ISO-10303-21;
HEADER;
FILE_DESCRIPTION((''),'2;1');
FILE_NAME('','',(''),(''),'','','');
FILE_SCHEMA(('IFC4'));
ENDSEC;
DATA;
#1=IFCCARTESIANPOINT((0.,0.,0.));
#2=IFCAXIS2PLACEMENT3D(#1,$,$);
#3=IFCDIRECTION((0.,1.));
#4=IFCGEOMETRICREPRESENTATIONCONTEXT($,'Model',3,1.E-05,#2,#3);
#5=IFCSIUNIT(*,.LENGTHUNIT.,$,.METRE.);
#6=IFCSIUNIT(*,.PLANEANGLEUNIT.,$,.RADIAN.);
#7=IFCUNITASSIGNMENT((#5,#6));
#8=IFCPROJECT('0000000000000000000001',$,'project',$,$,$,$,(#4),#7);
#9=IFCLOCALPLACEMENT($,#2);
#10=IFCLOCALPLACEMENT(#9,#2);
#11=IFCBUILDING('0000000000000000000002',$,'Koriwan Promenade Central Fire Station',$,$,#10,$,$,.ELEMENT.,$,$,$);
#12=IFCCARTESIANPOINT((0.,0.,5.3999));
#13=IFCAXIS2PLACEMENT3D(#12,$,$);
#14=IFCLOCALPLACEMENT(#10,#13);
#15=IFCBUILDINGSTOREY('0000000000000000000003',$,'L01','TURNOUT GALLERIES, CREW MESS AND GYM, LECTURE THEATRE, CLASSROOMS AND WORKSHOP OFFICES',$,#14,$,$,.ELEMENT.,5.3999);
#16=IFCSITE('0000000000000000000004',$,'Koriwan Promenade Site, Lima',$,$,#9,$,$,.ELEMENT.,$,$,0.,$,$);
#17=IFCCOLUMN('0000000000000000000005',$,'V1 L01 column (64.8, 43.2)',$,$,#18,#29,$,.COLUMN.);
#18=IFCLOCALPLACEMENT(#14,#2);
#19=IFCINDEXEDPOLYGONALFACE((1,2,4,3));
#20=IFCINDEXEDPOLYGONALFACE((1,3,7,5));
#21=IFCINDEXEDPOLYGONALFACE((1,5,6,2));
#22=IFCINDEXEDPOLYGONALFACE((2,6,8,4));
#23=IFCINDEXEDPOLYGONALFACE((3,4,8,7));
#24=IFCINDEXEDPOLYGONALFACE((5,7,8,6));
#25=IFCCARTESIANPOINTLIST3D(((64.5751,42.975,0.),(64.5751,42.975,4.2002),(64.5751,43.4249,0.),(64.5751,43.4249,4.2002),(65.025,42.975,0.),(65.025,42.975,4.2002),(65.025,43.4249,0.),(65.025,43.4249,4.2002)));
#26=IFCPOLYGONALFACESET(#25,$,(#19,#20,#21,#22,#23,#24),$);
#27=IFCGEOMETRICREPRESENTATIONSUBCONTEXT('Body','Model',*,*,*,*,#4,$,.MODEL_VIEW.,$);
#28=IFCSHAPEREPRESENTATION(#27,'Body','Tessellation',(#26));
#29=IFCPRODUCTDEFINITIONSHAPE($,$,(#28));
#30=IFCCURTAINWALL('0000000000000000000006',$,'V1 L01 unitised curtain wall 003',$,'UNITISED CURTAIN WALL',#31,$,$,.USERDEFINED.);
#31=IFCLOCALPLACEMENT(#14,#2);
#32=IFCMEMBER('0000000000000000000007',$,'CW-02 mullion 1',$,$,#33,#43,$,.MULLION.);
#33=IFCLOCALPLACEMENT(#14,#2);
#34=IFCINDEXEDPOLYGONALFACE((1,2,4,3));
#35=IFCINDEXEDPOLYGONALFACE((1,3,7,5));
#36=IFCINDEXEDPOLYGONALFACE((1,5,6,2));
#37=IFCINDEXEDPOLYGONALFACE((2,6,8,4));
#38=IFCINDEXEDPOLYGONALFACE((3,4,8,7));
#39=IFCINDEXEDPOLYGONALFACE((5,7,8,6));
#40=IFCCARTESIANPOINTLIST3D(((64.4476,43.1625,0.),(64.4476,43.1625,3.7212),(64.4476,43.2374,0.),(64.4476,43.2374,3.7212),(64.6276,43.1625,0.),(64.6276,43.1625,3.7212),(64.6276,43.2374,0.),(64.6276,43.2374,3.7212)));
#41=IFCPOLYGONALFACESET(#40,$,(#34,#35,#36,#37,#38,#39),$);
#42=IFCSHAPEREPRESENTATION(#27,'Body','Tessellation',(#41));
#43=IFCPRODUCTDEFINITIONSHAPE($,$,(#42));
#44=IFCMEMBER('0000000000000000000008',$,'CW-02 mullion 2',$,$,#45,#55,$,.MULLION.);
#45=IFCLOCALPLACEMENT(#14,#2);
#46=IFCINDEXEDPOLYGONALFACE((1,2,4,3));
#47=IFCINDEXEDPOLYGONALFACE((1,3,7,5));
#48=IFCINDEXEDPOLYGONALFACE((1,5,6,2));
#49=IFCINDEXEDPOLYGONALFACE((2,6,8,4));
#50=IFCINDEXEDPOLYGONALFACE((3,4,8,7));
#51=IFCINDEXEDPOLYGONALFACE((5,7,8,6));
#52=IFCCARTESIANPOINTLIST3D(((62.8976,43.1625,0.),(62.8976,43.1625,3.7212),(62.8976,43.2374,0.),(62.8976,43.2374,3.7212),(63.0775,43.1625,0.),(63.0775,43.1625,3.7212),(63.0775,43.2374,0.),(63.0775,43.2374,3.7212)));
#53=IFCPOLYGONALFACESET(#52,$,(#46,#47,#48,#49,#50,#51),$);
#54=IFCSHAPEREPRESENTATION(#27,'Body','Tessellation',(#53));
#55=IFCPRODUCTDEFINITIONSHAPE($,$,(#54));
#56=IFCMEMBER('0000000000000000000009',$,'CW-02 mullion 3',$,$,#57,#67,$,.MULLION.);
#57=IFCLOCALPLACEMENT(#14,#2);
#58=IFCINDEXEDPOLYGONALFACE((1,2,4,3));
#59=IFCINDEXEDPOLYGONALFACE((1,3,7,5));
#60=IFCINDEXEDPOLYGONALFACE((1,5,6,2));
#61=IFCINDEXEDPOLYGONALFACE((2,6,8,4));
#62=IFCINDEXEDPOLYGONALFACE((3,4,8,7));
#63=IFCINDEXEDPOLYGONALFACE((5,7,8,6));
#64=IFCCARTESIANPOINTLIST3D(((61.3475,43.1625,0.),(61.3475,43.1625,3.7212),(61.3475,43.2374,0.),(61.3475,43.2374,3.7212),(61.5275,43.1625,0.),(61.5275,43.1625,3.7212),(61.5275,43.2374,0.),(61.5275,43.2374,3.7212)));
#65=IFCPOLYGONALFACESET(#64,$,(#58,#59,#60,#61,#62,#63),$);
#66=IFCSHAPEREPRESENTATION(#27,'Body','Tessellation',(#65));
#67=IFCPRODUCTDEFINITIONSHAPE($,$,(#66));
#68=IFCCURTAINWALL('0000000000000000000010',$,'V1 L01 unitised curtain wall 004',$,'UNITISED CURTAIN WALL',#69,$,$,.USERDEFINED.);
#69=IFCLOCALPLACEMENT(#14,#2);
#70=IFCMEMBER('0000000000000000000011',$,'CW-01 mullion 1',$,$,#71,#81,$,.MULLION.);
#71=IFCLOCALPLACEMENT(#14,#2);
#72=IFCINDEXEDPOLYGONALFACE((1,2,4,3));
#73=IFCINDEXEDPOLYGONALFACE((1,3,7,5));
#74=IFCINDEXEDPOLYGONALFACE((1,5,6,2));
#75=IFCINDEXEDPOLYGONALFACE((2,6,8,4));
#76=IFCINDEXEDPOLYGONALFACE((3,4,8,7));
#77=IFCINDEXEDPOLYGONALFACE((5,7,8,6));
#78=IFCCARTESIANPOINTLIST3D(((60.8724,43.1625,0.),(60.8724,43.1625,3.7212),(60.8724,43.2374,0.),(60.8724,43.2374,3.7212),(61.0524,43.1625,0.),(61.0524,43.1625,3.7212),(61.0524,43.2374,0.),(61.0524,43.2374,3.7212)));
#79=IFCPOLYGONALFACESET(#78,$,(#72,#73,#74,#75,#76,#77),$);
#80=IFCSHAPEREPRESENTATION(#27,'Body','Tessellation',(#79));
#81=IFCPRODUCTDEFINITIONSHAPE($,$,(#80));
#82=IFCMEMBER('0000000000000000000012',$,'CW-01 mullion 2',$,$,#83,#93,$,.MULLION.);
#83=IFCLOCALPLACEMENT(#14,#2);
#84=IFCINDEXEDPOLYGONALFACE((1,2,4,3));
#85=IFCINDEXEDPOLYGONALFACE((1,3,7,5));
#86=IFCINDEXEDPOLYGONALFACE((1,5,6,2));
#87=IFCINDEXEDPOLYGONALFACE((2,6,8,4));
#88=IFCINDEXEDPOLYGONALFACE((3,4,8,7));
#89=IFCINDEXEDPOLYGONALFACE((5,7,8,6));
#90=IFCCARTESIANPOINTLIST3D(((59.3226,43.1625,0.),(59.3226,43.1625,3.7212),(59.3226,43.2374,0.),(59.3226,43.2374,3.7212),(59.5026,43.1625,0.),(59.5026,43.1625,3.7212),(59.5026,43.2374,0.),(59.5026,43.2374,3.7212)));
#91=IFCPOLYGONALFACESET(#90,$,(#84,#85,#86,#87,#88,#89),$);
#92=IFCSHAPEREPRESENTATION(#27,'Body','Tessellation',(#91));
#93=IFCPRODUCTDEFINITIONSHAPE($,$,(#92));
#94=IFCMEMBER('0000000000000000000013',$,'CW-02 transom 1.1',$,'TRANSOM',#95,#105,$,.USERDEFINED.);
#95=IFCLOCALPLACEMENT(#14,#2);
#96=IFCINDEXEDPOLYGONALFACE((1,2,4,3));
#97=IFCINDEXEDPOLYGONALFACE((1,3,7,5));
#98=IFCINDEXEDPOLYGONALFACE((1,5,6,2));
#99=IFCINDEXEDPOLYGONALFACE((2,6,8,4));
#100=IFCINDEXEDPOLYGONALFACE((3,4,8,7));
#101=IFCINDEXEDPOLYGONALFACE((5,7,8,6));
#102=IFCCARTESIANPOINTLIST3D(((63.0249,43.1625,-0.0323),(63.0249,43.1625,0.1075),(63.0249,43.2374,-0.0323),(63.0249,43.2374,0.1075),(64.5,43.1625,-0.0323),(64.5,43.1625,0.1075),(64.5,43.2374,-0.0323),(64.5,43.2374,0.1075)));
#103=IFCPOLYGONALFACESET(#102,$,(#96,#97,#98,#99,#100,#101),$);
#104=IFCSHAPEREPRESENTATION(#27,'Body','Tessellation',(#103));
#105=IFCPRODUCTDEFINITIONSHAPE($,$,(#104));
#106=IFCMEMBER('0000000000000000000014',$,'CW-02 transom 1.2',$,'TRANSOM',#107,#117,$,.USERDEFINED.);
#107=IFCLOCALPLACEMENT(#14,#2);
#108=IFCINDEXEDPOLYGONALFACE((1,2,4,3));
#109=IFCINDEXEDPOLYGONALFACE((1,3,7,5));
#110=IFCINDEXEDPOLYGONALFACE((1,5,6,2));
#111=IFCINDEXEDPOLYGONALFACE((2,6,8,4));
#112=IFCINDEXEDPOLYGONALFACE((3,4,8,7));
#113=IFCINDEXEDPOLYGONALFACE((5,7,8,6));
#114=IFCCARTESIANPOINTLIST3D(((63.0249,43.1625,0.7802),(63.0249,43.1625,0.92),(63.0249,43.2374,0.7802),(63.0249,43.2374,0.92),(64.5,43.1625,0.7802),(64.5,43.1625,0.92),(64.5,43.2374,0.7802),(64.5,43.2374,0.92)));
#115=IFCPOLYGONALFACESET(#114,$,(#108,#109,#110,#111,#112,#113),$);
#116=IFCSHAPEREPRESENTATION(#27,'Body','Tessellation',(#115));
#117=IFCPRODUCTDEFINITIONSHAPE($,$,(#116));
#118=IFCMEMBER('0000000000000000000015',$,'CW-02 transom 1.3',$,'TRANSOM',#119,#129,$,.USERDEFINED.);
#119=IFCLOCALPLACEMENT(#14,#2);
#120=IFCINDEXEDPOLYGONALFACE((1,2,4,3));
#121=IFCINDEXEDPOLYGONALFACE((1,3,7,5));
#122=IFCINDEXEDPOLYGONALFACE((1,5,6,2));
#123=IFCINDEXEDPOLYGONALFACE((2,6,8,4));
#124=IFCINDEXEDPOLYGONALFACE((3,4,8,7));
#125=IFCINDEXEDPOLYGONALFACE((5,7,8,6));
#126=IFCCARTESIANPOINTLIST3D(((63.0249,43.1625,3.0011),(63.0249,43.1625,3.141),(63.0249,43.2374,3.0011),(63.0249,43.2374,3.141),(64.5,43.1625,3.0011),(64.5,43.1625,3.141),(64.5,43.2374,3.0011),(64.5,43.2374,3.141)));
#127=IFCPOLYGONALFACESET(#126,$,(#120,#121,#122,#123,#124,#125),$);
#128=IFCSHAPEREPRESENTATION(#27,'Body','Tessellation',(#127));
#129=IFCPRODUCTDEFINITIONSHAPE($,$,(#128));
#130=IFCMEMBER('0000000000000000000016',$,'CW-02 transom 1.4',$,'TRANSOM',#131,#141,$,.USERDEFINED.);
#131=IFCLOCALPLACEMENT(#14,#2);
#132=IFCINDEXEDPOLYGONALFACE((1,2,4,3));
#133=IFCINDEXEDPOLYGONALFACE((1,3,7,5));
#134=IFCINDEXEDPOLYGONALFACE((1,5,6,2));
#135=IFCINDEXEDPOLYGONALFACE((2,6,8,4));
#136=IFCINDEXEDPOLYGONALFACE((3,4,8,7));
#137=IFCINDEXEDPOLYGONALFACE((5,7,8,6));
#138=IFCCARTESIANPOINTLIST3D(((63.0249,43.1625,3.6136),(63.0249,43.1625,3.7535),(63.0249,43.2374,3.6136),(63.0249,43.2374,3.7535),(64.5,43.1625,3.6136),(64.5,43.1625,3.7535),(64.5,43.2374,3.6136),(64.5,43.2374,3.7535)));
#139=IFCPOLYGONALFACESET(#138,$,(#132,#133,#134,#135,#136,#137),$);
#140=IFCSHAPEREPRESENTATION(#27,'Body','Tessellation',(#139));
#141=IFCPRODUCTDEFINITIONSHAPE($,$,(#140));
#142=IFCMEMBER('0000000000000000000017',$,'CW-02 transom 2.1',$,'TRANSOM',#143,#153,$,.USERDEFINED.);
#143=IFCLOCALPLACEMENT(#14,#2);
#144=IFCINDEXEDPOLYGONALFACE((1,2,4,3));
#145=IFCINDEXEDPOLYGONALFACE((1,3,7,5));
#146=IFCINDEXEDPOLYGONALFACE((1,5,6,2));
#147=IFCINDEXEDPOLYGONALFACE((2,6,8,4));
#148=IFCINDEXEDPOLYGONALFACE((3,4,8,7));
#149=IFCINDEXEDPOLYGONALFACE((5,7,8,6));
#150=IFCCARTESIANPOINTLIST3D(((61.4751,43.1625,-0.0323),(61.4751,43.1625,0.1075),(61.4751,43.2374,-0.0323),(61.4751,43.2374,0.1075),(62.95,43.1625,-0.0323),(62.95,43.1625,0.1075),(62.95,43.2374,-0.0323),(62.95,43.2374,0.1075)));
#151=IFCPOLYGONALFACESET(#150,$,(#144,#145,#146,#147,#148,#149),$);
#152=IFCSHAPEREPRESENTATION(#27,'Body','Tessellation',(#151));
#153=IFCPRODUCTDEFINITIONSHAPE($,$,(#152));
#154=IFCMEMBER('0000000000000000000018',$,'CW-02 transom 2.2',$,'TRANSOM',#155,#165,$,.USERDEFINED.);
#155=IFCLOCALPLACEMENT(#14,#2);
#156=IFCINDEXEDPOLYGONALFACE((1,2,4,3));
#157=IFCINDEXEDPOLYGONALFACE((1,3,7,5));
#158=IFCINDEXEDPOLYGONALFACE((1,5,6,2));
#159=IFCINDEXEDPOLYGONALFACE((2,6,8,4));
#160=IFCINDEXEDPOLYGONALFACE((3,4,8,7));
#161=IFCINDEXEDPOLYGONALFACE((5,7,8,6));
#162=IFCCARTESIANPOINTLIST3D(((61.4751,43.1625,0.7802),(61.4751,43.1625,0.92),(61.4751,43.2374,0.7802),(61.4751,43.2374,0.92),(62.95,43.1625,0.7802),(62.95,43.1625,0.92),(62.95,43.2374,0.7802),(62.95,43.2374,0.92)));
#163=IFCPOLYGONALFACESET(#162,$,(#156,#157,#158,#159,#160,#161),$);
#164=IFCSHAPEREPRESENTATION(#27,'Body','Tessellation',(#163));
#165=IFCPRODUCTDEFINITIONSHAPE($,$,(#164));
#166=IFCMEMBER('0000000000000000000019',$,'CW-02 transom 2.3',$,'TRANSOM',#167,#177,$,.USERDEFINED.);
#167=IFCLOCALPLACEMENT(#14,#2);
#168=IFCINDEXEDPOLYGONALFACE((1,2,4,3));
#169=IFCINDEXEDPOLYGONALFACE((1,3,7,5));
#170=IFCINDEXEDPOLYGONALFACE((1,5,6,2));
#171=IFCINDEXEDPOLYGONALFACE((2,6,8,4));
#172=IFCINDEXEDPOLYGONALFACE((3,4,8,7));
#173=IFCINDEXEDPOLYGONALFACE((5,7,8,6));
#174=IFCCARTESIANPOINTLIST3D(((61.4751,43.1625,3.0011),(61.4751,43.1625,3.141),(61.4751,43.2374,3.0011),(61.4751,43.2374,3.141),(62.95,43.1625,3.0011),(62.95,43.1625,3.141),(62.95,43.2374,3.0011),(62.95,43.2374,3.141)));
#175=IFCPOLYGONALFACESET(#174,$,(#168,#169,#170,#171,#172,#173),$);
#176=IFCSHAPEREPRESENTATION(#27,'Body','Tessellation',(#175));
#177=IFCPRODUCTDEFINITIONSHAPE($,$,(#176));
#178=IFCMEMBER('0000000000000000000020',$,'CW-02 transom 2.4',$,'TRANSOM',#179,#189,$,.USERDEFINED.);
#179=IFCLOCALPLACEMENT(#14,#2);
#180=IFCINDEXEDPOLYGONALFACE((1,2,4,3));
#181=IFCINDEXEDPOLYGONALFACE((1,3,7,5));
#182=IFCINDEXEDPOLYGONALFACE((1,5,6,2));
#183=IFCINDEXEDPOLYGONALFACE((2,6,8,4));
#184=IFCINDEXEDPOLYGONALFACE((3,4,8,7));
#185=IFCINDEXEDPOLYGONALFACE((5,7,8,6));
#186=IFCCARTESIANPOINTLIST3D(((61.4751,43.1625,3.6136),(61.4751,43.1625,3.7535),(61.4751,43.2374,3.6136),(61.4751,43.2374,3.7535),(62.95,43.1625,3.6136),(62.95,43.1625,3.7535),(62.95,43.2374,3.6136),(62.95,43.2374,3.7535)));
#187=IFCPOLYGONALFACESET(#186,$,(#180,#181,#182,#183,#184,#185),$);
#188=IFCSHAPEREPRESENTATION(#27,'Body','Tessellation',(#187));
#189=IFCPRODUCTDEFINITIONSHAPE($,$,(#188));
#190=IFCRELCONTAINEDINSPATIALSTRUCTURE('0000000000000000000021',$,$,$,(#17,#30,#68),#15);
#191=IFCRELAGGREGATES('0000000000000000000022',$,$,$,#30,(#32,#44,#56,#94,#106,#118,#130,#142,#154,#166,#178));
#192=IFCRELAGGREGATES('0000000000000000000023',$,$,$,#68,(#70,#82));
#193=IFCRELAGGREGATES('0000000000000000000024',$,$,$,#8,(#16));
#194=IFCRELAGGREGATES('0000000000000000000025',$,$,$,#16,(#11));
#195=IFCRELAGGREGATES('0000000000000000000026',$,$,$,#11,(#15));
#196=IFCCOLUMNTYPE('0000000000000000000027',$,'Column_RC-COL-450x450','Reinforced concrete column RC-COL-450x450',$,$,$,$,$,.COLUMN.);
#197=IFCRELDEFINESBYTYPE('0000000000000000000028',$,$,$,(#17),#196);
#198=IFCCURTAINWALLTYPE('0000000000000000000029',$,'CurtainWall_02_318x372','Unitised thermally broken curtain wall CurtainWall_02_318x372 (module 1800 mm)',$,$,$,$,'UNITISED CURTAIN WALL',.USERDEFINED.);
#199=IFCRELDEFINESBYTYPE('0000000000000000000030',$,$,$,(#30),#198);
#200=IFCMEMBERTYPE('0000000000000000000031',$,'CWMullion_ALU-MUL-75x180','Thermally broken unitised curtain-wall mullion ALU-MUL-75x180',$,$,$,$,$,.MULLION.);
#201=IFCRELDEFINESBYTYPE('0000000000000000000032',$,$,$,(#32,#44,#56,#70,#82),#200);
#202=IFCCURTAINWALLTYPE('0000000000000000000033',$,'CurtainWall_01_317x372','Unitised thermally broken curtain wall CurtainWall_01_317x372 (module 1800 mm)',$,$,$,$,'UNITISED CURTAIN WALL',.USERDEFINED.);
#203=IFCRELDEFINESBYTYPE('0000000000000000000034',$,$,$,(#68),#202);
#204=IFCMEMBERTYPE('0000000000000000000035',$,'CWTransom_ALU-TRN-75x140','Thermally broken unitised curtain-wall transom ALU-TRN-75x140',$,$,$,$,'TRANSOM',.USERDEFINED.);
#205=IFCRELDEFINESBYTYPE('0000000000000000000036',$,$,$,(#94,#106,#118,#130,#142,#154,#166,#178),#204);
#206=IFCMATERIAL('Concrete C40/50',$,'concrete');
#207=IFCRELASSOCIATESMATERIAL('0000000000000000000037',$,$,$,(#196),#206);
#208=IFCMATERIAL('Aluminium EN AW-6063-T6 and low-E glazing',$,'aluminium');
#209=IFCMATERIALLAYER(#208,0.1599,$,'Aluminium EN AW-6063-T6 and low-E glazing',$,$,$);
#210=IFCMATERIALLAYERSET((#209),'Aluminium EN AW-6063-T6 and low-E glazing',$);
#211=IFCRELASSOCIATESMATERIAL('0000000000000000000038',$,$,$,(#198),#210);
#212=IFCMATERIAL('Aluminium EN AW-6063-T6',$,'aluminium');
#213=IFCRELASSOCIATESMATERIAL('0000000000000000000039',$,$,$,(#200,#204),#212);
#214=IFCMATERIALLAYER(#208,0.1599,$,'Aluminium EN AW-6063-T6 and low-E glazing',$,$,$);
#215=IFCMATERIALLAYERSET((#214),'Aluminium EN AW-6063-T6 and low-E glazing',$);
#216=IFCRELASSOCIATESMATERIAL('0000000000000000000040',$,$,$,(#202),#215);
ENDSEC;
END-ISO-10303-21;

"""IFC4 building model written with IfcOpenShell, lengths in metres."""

from ifc_helpers import new_model, si_unit, direction, frame, origin, origin_2d, place, context, subcontext, project, spatial, rectangle, extrude, material, layer, layer_set, material_profile, profile_set, type_object, element, aggregate, save


model = new_model("IFC4")

# Units and contexts
model_context = context("Model", 3, precision=1e-05, world=origin(), true_north=direction((0.0, 1.0)))
body_context = subcontext(model_context, "Body", "Model", "MODEL_VIEW")
ifc_project = project(units=[si_unit("LENGTHUNIT", "METRE"), si_unit("PLANEANGLEUNIT", "RADIAN")], contexts=[model_context])

# Site, building, storey
site_placement = place(None, origin())
site = spatial("IfcSite", under=ifc_project, at=site_placement, Name="Koriwan Promenade Site, Lima", CompositionType="ELEMENT", RefElevation=0.0)
building_placement = place(site_placement, origin())
building = spatial("IfcBuilding", under=site, at=building_placement, Name="Koriwan Promenade Central Fire Station", CompositionType="ELEMENT")
storey_placement = place(building_placement, frame((0.0, 0.0, 5.3999)))
storey = spatial("IfcBuildingStorey", under=building, at=storey_placement, Name="L01", Description="TURNOUT GALLERIES, CREW MESS AND GYM, LECTURE THEATRE, CLASSROOMS AND WORKSHOP OFFICES", CompositionType="ELEMENT", Elevation=5.3999)

# Column
ifc_material_1 = material(Name="Concrete C40/50", Category="concrete")
ifc_material_profile_1 = material_profile(ifc_material_1, rectangle(XDim=0.45, YDim=0.45, at=origin_2d()), Name="RC-COL-450x450")
ifc_profile_set_1 = profile_set([ifc_material_profile_1], Name="Concrete C40/50")
column_type = type_object("IfcColumnType", Name="Column_RC-COL-450x450", Description="Reinforced concrete column RC-COL-450x450", PredefinedType="COLUMN", material=ifc_profile_set_1)
column_placement = place(storey_placement, frame((64.8, 43.2, 0.0), z_axis=(0.0, 0.0, 1.0), x_axis=(1.0, 0.0, 0.0)))
element("IfcColumn", 1, at=column_placement, inside=storey, type_object=column_type, Name="V1 L01 column (64.8, 43.2)", PredefinedType="COLUMN", context=body_context, shape_type="SweptSolid", body=[
    extrude(rectangle(XDim=0.45, YDim=0.45, at=origin_2d()), origin(), (0.0, 0.0, 1.0), 4.2002),
])

# Curtain walls, members
ifc_material_2 = material(Name="Aluminium EN AW-6063-T6 and low-E glazing", Category="aluminium")
ifc_layer_1 = layer(ifc_material_2, 0.1599, Name="Aluminium EN AW-6063-T6 and low-E glazing")
ifc_layer_set_1 = layer_set([ifc_layer_1], Name="Aluminium EN AW-6063-T6 and low-E glazing")
curtain_wall_type_1 = type_object("IfcCurtainWallType", Name="CurtainWall_02_318x372", Description="Unitised thermally broken curtain wall CurtainWall_02_318x372 (module 1800 mm)", ElementType="UNITISED CURTAIN WALL", PredefinedType="USERDEFINED", material=ifc_layer_set_1)
curtain_wall_1_placement = place(storey_placement, origin())
curtain_wall_1 = element("IfcCurtainWall", 2, at=curtain_wall_1_placement, inside=storey, type_object=curtain_wall_type_1, Name="V1 L01 unitised curtain wall 003", ObjectType="UNITISED CURTAIN WALL", PredefinedType="USERDEFINED")
ifc_material_3 = material(Name="Aluminium EN AW-6063-T6", Category="aluminium")
ifc_material_profile_2 = material_profile(ifc_material_3, rectangle(XDim=0.075, YDim=0.1799, at=origin_2d()), Name="ALU-MUL-75x180")
ifc_profile_set_2 = profile_set([ifc_material_profile_2], Name="Aluminium EN AW-6063-T6")
member_type_1 = type_object("IfcMemberType", Name="CWMullion_ALU-MUL-75x180", Description="Thermally broken unitised curtain-wall mullion ALU-MUL-75x180", PredefinedType="MULLION", material=ifc_profile_set_2)
member_1_placement = place(storey_placement, frame((64.5376, 43.2, 0.0), z_axis=(0.0, 0.0, 1.0), x_axis=(0.0, -1.0, 0.0)))
member_1 = element("IfcMember", 3, at=member_1_placement, type_object=member_type_1, Name="CW-02 mullion 1", PredefinedType="MULLION", context=body_context, shape_type="SweptSolid", body=[
    extrude(rectangle(XDim=0.075, YDim=0.1799, at=origin_2d()), origin(), (0.0, 0.0, 1.0), 3.7212),
])
member_2_placement = place(storey_placement, frame((62.9875, 43.2, 0.0), z_axis=(0.0, 0.0, 1.0), x_axis=(0.0, -1.0, 0.0)))
member_2 = element("IfcMember", 4, at=member_2_placement, type_object=member_type_1, Name="CW-02 mullion 2", PredefinedType="MULLION", context=body_context, shape_type="SweptSolid", body=[
    extrude(rectangle(XDim=0.075, YDim=0.1799, at=origin_2d()), origin(), (0.0, 0.0, 1.0), 3.7212),
])
member_3_placement = place(storey_placement, frame((61.4375, 43.2, 0.0), z_axis=(0.0, 0.0, 1.0), x_axis=(0.0, -1.0, 0.0)))
member_3 = element("IfcMember", 5, at=member_3_placement, type_object=member_type_1, Name="CW-02 mullion 3", PredefinedType="MULLION", context=body_context, shape_type="SweptSolid", body=[
    extrude(rectangle(XDim=0.075, YDim=0.1799, at=origin_2d()), origin(), (0.0, 0.0, 1.0), 3.7212),
])
ifc_layer_2 = layer(ifc_material_2, 0.1599, Name="Aluminium EN AW-6063-T6 and low-E glazing")
ifc_layer_set_2 = layer_set([ifc_layer_2], Name="Aluminium EN AW-6063-T6 and low-E glazing")
curtain_wall_type_2 = type_object("IfcCurtainWallType", Name="CurtainWall_01_317x372", Description="Unitised thermally broken curtain wall CurtainWall_01_317x372 (module 1800 mm)", ElementType="UNITISED CURTAIN WALL", PredefinedType="USERDEFINED", material=ifc_layer_set_2)
curtain_wall_2_placement = place(storey_placement, origin())
curtain_wall_2 = element("IfcCurtainWall", 6, at=curtain_wall_2_placement, inside=storey, type_object=curtain_wall_type_2, Name="V1 L01 unitised curtain wall 004", ObjectType="UNITISED CURTAIN WALL", PredefinedType="USERDEFINED")
member_4_placement = place(storey_placement, frame((60.9624, 43.2, 0.0), z_axis=(0.0, 0.0, 1.0), x_axis=(0.0, -1.0, 0.0)))
member_4 = element("IfcMember", 7, at=member_4_placement, type_object=member_type_1, Name="CW-01 mullion 1", PredefinedType="MULLION", context=body_context, shape_type="SweptSolid", body=[
    extrude(rectangle(XDim=0.075, YDim=0.1799, at=origin_2d()), origin(), (0.0, 0.0, 1.0), 3.7212),
])
member_5_placement = place(storey_placement, frame((59.4126, 43.2, 0.0), z_axis=(0.0, 0.0, 1.0), x_axis=(0.0, -1.0, 0.0)))
member_5 = element("IfcMember", 8, at=member_5_placement, type_object=member_type_1, Name="CW-01 mullion 2", PredefinedType="MULLION", context=body_context, shape_type="SweptSolid", body=[
    extrude(rectangle(XDim=0.075, YDim=0.1799, at=origin_2d()), origin(), (0.0, 0.0, 1.0), 3.7212),
])

# Members
ifc_material_profile_3 = material_profile(ifc_material_3, rectangle(XDim=0.075, YDim=0.1399, at=origin_2d()), Name="ALU-TRN-75x140")
ifc_profile_set_3 = profile_set([ifc_material_profile_3], Name="Aluminium EN AW-6063-T6")
member_type_2 = type_object("IfcMemberType", Name="CWTransom_ALU-TRN-75x140", Description="Thermally broken unitised curtain-wall transom ALU-TRN-75x140", ElementType="TRANSOM", PredefinedType="USERDEFINED", material=ifc_profile_set_3)
member_6_placement = place(storey_placement, frame((64.5, 43.2, 0.0376), z_axis=(-1.0, 0.0, 0.0), x_axis=(0.0, -1.0, 0.0)))
member_6 = element("IfcMember", 9, at=member_6_placement, type_object=member_type_2, Name="CW-02 transom 1.1", ObjectType="TRANSOM", PredefinedType="USERDEFINED", context=body_context, shape_type="SweptSolid", body=[
    extrude(rectangle(XDim=0.075, YDim=0.1399, at=origin_2d()), origin(), (0.0, 0.0, 1.0), 1.4751),
])
member_7_placement = place(storey_placement, frame((64.5, 43.2, 0.8501), z_axis=(-1.0, 0.0, 0.0), x_axis=(0.0, -1.0, 0.0)))
member_7 = element("IfcMember", 10, at=member_7_placement, type_object=member_type_2, Name="CW-02 transom 1.2", ObjectType="TRANSOM", PredefinedType="USERDEFINED", context=body_context, shape_type="SweptSolid", body=[
    extrude(rectangle(XDim=0.075, YDim=0.1399, at=origin_2d()), origin(), (0.0, 0.0, 1.0), 1.4751),
])
member_8_placement = place(storey_placement, frame((64.5, 43.2, 3.071), z_axis=(-1.0, 0.0, 0.0), x_axis=(0.0, -1.0, 0.0)))
member_8 = element("IfcMember", 11, at=member_8_placement, type_object=member_type_2, Name="CW-02 transom 1.3", ObjectType="TRANSOM", PredefinedType="USERDEFINED", context=body_context, shape_type="SweptSolid", body=[
    extrude(rectangle(XDim=0.075, YDim=0.1399, at=origin_2d()), origin(), (0.0, 0.0, 1.0), 1.4751),
])
member_9_placement = place(storey_placement, frame((64.5, 43.2, 3.6836), z_axis=(-1.0, 0.0, 0.0), x_axis=(0.0, -1.0, 0.0)))
member_9 = element("IfcMember", 12, at=member_9_placement, type_object=member_type_2, Name="CW-02 transom 1.4", ObjectType="TRANSOM", PredefinedType="USERDEFINED", context=body_context, shape_type="SweptSolid", body=[
    extrude(rectangle(XDim=0.075, YDim=0.1399, at=origin_2d()), origin(), (0.0, 0.0, 1.0), 1.4751),
])
member_10_placement = place(storey_placement, frame((62.95, 43.2, 0.0376), z_axis=(-1.0, 0.0, 0.0), x_axis=(0.0, -1.0, 0.0)))
member_10 = element("IfcMember", 13, at=member_10_placement, type_object=member_type_2, Name="CW-02 transom 2.1", ObjectType="TRANSOM", PredefinedType="USERDEFINED", context=body_context, shape_type="SweptSolid", body=[
    extrude(rectangle(XDim=0.075, YDim=0.1399, at=origin_2d()), origin(), (0.0, 0.0, 1.0), 1.4749),
])
member_11_placement = place(storey_placement, frame((62.95, 43.2, 0.8501), z_axis=(-1.0, 0.0, 0.0), x_axis=(0.0, -1.0, 0.0)))
member_11 = element("IfcMember", 14, at=member_11_placement, type_object=member_type_2, Name="CW-02 transom 2.2", ObjectType="TRANSOM", PredefinedType="USERDEFINED", context=body_context, shape_type="SweptSolid", body=[
    extrude(rectangle(XDim=0.075, YDim=0.1399, at=origin_2d()), origin(), (0.0, 0.0, 1.0), 1.4749),
])
member_12_placement = place(storey_placement, frame((62.95, 43.2, 3.071), z_axis=(-1.0, 0.0, 0.0), x_axis=(0.0, -1.0, 0.0)))
member_12 = element("IfcMember", 15, at=member_12_placement, type_object=member_type_2, Name="CW-02 transom 2.3", ObjectType="TRANSOM", PredefinedType="USERDEFINED", context=body_context, shape_type="SweptSolid", body=[
    extrude(rectangle(XDim=0.075, YDim=0.1399, at=origin_2d()), origin(), (0.0, 0.0, 1.0), 1.4749),
])
member_13_placement = place(storey_placement, frame((62.95, 43.2, 3.6836), z_axis=(-1.0, 0.0, 0.0), x_axis=(0.0, -1.0, 0.0)))
member_13 = element("IfcMember", 16, at=member_13_placement, type_object=member_type_2, Name="CW-02 transom 2.4", ObjectType="TRANSOM", PredefinedType="USERDEFINED", context=body_context, shape_type="SweptSolid", body=[
    extrude(rectangle(XDim=0.075, YDim=0.1399, at=origin_2d()), origin(), (0.0, 0.0, 1.0), 1.4749),
])

aggregate(curtain_wall_1, [member_1, member_2, member_3, member_6, member_7, member_8, member_9, member_10, member_11, member_12, member_13])
aggregate(curtain_wall_2, [member_4, member_5])

save(model, "model.ifc")
